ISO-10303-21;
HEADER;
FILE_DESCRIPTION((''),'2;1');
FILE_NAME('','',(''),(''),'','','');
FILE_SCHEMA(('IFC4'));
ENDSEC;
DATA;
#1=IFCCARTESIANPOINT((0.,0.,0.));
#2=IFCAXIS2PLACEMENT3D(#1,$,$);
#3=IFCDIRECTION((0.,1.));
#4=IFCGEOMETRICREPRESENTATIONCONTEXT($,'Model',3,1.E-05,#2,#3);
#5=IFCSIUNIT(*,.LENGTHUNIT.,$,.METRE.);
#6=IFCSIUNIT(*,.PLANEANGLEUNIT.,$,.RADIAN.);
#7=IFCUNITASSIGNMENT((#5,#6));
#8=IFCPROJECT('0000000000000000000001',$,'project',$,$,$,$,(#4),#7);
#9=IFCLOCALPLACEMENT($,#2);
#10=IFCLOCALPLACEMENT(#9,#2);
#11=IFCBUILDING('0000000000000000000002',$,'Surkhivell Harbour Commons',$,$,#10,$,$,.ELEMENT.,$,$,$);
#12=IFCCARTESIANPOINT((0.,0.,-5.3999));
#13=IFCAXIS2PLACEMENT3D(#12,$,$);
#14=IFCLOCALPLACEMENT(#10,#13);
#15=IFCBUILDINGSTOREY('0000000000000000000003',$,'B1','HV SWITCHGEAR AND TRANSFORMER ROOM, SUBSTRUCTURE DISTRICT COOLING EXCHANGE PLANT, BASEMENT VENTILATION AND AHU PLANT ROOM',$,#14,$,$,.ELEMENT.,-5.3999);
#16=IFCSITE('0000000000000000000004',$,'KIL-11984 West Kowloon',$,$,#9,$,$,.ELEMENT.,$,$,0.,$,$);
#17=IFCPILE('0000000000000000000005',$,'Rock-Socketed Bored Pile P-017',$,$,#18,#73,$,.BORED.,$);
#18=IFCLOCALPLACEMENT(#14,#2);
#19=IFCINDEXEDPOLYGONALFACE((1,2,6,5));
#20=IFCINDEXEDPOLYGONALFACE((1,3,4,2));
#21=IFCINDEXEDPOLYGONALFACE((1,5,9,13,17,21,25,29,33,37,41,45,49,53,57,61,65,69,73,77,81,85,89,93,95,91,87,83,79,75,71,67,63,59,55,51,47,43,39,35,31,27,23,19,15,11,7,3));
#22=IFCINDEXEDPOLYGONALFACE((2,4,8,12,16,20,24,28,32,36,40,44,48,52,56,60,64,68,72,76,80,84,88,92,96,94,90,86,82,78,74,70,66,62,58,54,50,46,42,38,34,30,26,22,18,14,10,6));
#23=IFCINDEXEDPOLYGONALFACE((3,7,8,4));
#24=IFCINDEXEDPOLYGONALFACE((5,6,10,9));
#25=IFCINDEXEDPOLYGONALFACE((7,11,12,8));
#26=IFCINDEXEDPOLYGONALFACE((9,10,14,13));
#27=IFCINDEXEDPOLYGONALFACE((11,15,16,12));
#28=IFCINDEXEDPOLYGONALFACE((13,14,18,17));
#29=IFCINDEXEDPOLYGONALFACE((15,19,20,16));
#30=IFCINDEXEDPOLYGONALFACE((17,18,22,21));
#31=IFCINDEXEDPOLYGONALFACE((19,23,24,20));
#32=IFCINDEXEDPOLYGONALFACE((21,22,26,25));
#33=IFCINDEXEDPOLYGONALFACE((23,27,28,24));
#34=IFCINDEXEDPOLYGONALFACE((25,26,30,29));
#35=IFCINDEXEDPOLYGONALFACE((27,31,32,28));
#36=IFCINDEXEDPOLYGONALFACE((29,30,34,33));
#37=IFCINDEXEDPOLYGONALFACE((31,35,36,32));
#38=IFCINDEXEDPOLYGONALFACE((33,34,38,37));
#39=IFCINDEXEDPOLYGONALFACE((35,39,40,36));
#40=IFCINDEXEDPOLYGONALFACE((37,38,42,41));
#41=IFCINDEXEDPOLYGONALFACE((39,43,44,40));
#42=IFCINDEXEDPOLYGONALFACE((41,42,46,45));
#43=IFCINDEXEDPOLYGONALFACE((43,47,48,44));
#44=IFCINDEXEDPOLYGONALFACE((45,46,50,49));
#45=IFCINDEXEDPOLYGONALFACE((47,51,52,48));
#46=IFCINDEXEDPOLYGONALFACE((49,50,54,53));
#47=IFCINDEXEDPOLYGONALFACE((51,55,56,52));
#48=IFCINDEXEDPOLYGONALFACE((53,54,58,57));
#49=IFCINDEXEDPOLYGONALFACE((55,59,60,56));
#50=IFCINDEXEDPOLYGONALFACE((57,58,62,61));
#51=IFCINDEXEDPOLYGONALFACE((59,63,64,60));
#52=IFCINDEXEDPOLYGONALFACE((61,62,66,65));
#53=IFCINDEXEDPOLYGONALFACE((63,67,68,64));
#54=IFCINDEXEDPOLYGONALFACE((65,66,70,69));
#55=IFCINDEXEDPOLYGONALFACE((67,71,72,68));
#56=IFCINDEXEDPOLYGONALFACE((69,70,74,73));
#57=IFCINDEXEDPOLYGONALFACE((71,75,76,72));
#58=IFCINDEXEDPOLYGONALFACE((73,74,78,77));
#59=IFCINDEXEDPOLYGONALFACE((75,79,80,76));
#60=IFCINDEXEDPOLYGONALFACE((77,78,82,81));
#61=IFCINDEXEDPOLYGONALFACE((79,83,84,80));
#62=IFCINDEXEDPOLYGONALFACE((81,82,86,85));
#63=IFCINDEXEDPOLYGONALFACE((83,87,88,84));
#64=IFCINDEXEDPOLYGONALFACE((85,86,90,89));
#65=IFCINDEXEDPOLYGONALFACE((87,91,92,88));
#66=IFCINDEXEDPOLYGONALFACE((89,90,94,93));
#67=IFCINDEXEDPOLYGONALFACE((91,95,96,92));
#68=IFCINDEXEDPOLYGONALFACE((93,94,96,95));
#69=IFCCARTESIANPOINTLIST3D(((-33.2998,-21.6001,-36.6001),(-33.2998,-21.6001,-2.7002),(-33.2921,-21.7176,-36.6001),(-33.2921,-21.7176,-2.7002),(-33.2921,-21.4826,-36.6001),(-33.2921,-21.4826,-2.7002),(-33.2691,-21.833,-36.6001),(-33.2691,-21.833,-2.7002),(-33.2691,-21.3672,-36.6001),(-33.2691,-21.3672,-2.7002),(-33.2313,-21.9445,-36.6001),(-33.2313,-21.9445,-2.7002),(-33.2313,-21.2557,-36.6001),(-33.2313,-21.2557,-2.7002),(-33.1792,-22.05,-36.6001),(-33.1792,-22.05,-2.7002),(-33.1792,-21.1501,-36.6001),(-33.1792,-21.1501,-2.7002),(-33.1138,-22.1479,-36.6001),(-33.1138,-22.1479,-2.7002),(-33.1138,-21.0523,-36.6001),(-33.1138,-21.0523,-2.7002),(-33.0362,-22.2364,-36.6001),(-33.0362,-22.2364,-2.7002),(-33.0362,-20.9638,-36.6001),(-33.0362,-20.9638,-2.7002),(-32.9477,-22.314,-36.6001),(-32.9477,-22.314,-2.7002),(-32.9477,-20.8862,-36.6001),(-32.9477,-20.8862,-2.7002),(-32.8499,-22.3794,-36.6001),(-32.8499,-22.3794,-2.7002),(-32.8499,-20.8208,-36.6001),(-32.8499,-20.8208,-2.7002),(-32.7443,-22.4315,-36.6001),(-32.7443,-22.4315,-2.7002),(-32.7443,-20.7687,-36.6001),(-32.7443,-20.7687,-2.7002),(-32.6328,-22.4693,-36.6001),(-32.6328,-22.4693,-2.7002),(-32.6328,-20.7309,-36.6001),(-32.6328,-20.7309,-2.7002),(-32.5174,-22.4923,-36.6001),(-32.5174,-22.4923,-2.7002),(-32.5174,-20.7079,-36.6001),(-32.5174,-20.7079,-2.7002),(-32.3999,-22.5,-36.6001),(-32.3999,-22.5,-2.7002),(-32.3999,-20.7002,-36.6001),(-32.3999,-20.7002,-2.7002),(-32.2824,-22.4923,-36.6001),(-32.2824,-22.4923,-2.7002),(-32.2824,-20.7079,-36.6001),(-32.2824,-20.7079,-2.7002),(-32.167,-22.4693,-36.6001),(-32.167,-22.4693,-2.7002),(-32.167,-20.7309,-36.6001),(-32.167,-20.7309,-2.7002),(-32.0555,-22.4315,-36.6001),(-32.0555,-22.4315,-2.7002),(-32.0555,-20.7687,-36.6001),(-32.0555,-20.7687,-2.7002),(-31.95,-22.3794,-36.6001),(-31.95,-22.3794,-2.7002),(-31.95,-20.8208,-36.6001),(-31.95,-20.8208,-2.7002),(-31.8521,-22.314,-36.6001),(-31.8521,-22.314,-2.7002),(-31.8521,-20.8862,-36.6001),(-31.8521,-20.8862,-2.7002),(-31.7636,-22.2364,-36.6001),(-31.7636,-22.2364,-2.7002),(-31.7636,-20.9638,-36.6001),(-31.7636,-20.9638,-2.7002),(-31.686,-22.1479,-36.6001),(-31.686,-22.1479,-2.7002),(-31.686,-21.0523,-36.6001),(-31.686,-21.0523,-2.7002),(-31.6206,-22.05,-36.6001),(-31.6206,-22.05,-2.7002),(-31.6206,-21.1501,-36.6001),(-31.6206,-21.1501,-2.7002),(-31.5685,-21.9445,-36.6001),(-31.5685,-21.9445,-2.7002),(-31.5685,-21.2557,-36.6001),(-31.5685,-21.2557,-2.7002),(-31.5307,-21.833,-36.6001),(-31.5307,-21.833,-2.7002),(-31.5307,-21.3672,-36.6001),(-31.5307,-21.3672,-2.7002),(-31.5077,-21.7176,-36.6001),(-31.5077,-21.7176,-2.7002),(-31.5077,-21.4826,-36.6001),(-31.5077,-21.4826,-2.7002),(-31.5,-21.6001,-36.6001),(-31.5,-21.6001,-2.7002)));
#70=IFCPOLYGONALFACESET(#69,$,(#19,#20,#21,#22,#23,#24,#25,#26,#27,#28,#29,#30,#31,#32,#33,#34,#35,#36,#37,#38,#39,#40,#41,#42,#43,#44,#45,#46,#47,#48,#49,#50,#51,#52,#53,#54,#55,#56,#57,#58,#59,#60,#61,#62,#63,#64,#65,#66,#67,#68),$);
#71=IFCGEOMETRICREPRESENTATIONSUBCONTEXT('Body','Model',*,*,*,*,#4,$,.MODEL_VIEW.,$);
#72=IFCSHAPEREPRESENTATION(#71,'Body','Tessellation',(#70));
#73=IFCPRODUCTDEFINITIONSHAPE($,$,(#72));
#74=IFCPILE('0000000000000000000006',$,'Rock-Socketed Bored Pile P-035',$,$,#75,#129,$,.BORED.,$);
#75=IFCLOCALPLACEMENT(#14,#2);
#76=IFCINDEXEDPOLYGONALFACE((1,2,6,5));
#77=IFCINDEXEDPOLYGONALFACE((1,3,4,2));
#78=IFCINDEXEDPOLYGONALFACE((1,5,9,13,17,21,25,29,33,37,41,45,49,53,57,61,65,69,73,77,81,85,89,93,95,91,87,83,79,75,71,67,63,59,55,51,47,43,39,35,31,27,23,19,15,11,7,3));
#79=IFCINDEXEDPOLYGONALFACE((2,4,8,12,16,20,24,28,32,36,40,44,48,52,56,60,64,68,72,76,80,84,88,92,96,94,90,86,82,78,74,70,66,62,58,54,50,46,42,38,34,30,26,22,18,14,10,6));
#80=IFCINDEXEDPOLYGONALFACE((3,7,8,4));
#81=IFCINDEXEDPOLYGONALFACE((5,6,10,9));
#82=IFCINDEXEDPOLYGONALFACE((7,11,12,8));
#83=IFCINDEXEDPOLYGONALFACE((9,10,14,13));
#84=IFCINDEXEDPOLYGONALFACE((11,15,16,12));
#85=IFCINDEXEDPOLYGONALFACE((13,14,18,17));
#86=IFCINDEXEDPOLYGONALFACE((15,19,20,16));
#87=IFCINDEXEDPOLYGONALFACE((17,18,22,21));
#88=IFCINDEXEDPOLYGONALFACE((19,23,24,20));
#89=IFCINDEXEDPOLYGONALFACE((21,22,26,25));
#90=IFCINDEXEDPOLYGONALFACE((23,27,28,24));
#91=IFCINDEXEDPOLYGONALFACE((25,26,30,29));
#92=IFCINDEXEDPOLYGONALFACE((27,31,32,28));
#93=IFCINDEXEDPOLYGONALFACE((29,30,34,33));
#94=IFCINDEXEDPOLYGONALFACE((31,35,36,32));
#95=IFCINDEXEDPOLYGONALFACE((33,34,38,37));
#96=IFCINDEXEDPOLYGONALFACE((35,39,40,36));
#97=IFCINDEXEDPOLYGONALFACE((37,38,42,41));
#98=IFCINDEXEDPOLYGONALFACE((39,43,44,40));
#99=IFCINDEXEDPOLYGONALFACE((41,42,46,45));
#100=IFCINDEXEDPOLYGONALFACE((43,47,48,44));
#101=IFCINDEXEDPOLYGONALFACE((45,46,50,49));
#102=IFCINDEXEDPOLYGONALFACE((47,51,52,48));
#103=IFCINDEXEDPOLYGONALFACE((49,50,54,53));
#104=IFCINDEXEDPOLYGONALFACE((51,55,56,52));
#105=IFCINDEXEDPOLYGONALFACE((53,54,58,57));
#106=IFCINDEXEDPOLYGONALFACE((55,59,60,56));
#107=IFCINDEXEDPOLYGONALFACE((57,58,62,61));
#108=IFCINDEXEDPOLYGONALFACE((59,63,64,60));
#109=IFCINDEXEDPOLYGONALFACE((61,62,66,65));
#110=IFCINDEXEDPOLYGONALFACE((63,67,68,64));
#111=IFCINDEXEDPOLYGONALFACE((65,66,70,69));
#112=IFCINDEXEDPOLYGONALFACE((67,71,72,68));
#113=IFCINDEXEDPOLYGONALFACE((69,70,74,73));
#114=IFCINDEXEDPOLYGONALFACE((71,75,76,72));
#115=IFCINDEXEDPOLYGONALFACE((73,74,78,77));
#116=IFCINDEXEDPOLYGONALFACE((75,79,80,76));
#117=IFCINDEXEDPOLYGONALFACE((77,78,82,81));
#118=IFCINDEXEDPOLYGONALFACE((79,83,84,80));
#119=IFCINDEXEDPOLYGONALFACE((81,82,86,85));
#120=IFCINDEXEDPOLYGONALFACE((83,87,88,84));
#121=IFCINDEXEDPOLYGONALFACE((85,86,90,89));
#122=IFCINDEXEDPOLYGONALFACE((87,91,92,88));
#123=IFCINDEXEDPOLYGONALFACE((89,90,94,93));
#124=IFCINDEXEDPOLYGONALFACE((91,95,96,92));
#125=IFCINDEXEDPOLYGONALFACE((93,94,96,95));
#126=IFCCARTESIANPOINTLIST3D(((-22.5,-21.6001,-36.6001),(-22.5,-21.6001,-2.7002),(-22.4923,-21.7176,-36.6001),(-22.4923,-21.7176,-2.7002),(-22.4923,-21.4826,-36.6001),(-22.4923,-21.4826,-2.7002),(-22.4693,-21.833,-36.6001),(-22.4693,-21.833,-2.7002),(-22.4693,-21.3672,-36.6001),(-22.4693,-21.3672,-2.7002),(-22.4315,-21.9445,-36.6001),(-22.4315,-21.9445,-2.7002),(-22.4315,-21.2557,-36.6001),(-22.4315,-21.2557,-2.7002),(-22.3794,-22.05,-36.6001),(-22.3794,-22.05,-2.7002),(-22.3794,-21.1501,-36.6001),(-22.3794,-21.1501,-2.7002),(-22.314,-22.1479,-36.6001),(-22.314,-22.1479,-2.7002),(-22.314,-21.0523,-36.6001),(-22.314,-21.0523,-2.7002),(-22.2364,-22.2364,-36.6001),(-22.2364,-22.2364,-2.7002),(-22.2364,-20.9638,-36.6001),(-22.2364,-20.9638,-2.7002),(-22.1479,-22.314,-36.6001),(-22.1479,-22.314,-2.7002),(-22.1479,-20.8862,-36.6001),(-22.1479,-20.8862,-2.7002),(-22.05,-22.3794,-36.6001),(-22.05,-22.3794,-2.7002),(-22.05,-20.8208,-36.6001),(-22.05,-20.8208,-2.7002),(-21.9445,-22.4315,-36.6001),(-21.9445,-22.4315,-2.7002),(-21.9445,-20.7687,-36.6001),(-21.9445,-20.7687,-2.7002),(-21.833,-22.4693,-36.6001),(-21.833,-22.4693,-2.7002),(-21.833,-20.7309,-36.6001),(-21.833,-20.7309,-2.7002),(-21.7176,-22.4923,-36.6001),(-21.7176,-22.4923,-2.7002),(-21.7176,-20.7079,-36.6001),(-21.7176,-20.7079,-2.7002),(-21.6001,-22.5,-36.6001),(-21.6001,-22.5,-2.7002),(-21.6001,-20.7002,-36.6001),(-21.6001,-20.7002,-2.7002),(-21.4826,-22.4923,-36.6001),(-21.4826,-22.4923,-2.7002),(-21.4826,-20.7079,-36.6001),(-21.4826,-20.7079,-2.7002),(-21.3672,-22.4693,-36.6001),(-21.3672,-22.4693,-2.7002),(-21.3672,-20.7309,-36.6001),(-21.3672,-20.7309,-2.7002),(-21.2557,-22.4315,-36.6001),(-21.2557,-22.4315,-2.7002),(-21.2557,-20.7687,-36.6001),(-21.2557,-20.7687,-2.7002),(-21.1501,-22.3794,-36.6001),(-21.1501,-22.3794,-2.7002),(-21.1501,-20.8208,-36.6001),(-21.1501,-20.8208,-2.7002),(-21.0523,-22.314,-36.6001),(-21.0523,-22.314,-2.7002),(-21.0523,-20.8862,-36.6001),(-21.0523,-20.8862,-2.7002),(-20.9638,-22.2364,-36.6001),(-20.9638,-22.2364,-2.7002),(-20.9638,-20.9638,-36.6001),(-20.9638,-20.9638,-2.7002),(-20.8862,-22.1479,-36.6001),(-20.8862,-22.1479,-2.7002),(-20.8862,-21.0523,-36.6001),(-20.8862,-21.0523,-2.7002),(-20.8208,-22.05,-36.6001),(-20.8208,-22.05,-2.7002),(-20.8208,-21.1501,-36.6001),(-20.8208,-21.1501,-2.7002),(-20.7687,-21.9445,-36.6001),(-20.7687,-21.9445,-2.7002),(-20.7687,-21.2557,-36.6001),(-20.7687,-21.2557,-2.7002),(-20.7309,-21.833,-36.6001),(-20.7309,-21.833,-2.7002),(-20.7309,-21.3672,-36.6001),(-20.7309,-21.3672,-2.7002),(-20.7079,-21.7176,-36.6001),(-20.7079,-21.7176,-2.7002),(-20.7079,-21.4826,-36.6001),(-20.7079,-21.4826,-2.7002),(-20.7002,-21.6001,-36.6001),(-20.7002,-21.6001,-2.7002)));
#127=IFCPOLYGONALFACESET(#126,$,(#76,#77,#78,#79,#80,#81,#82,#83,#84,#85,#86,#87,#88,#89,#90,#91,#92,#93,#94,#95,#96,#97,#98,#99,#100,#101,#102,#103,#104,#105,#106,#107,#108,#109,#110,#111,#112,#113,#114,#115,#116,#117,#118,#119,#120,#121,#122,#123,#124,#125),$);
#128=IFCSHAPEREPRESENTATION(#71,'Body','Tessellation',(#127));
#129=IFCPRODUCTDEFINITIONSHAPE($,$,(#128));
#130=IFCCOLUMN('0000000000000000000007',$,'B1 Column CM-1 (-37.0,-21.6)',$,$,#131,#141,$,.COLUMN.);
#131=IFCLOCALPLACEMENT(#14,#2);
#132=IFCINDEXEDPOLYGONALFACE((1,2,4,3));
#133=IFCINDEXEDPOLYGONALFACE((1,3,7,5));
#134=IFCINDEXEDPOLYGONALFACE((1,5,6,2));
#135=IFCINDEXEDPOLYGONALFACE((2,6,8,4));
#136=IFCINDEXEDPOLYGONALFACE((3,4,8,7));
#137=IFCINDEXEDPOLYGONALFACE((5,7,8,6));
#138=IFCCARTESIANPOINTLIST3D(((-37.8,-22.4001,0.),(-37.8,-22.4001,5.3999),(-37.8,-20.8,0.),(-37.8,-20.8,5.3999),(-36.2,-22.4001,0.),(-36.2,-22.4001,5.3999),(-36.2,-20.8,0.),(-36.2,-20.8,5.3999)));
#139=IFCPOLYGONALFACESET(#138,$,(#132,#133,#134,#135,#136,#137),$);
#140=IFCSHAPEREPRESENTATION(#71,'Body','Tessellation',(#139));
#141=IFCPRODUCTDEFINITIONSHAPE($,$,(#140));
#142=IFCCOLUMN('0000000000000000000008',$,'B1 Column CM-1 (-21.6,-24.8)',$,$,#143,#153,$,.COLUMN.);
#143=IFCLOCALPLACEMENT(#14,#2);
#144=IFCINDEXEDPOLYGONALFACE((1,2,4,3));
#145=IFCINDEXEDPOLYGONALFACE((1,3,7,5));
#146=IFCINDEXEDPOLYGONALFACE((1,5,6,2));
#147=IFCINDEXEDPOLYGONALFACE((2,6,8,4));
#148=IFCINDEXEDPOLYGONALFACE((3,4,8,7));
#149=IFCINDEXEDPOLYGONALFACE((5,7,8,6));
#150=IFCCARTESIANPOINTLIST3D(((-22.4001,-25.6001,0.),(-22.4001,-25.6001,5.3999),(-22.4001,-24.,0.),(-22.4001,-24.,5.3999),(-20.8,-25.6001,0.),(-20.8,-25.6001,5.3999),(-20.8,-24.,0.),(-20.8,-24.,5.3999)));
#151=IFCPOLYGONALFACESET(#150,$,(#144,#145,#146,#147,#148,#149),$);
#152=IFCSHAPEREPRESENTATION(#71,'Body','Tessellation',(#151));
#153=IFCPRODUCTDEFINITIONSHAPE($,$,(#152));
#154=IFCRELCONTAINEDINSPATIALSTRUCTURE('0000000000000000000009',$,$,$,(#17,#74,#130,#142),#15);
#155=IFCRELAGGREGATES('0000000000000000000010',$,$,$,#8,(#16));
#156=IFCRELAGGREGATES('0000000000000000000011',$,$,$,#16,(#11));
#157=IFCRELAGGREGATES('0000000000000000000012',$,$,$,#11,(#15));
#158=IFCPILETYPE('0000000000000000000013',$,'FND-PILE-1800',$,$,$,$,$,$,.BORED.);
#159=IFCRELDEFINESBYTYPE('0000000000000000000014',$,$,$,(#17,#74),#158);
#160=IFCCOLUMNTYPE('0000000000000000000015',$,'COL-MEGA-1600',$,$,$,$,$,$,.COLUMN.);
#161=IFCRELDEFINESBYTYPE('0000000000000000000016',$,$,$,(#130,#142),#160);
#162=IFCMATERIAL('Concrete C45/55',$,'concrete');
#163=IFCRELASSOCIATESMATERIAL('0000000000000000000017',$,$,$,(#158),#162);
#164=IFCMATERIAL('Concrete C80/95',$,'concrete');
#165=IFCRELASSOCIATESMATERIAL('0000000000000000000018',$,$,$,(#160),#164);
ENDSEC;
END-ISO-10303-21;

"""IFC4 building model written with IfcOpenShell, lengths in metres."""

from ifc_helpers import new_model, si_unit, direction, frame, origin, origin_2d, place, context, subcontext, project, spatial, rectangle, circle, extrude, material, material_profile, profile_set, type_object, element, save


model = new_model("IFC4")

# Units and contexts
model_context = context("Model", 3, precision=1e-05, world=origin(), true_north=direction((0.0, 1.0)))
body_context = subcontext(model_context, "Body", "Model", "MODEL_VIEW")
ifc_project = project(units=[si_unit("LENGTHUNIT", "METRE"), si_unit("PLANEANGLEUNIT", "RADIAN")], contexts=[model_context])

# Site, building, storey
site_placement = place(None, origin())
site = spatial("IfcSite", under=ifc_project, at=site_placement, Name="KIL-11984 West Kowloon", CompositionType="ELEMENT", RefElevation=0.0)
building_placement = place(site_placement, origin())
building = spatial("IfcBuilding", under=site, at=building_placement, Name="Surkhivell Harbour Commons", CompositionType="ELEMENT")
storey_placement = place(building_placement, frame((0.0, 0.0, -5.3999)))
storey = spatial("IfcBuildingStorey", under=building, at=storey_placement, Name="B1", Description="HV SWITCHGEAR AND TRANSFORMER ROOM, SUBSTRUCTURE DISTRICT COOLING EXCHANGE PLANT, BASEMENT VENTILATION AND AHU PLANT ROOM", CompositionType="ELEMENT", Elevation=-5.3999)

# Piles
ifc_material_1 = material(Name="Concrete C45/55", Category="concrete")
ifc_material_profile_1 = material_profile(ifc_material_1, circle(Radius=0.8999, at=origin_2d()), Name="PILE-1800")
ifc_profile_set_1 = profile_set([ifc_material_profile_1], Name="Concrete C45/55")
pile_type_1 = type_object("IfcPileType", Name="FND-PILE-1800", PredefinedType="BORED", material=ifc_profile_set_1)
for number, where, z_axis, x_axis, name in (
    (1, (-32.3999, -21.6001, -2.7002), (0.0, 0.0, -1.0), (1.0, 0.0, 0.0), "Rock-Socketed Bored Pile P-017"),
    (2, (-21.6001, -21.6001, -2.7002), (0.0, 0.0, -1.0), (1.0, 0.0, 0.0), "Rock-Socketed Bored Pile P-035"),
):
    element("IfcPile", number, at=place(storey_placement, frame(where, z_axis=z_axis, x_axis=x_axis)), inside=storey, type_object=pile_type_1, Name=name, PredefinedType="BORED", context=body_context, shape_type="SweptSolid", body=[
        extrude(circle(Radius=0.8999, at=origin_2d()), origin(), (0.0, 0.0, 1.0), 33.8999),
    ])

# Columns
ifc_material_2 = material(Name="Concrete C80/95", Category="concrete")
ifc_material_profile_2 = material_profile(ifc_material_2, rectangle(XDim=1.6001, YDim=1.6001, at=origin_2d()), Name="RC-COL-1600x1600")
ifc_profile_set_2 = profile_set([ifc_material_profile_2], Name="Concrete C80/95")
column_type_1 = type_object("IfcColumnType", Name="COL-MEGA-1600", PredefinedType="COLUMN", material=ifc_profile_set_2)
for number, where, z_axis, x_axis, name in (
    (3, (-37.0, -21.6001, 0.0), (0.0, 0.0, 1.0), (1.0, 0.0, 0.0), "B1 Column CM-1 (-37.0,-21.6)"),
    (4, (-21.6001, -24.8, 0.0), (0.0, 0.0, 1.0), (1.0, 0.0, 0.0), "B1 Column CM-1 (-21.6,-24.8)"),
):
    element("IfcColumn", number, at=place(storey_placement, frame(where, z_axis=z_axis, x_axis=x_axis)), inside=storey, type_object=column_type_1, Name=name, PredefinedType="COLUMN", context=body_context, shape_type="SweptSolid", body=[
        extrude(rectangle(XDim=1.6001, YDim=1.6001, at=origin_2d()), origin(), (0.0, 0.0, 1.0), 5.3999),
    ])

save(model, "model.ifc")
